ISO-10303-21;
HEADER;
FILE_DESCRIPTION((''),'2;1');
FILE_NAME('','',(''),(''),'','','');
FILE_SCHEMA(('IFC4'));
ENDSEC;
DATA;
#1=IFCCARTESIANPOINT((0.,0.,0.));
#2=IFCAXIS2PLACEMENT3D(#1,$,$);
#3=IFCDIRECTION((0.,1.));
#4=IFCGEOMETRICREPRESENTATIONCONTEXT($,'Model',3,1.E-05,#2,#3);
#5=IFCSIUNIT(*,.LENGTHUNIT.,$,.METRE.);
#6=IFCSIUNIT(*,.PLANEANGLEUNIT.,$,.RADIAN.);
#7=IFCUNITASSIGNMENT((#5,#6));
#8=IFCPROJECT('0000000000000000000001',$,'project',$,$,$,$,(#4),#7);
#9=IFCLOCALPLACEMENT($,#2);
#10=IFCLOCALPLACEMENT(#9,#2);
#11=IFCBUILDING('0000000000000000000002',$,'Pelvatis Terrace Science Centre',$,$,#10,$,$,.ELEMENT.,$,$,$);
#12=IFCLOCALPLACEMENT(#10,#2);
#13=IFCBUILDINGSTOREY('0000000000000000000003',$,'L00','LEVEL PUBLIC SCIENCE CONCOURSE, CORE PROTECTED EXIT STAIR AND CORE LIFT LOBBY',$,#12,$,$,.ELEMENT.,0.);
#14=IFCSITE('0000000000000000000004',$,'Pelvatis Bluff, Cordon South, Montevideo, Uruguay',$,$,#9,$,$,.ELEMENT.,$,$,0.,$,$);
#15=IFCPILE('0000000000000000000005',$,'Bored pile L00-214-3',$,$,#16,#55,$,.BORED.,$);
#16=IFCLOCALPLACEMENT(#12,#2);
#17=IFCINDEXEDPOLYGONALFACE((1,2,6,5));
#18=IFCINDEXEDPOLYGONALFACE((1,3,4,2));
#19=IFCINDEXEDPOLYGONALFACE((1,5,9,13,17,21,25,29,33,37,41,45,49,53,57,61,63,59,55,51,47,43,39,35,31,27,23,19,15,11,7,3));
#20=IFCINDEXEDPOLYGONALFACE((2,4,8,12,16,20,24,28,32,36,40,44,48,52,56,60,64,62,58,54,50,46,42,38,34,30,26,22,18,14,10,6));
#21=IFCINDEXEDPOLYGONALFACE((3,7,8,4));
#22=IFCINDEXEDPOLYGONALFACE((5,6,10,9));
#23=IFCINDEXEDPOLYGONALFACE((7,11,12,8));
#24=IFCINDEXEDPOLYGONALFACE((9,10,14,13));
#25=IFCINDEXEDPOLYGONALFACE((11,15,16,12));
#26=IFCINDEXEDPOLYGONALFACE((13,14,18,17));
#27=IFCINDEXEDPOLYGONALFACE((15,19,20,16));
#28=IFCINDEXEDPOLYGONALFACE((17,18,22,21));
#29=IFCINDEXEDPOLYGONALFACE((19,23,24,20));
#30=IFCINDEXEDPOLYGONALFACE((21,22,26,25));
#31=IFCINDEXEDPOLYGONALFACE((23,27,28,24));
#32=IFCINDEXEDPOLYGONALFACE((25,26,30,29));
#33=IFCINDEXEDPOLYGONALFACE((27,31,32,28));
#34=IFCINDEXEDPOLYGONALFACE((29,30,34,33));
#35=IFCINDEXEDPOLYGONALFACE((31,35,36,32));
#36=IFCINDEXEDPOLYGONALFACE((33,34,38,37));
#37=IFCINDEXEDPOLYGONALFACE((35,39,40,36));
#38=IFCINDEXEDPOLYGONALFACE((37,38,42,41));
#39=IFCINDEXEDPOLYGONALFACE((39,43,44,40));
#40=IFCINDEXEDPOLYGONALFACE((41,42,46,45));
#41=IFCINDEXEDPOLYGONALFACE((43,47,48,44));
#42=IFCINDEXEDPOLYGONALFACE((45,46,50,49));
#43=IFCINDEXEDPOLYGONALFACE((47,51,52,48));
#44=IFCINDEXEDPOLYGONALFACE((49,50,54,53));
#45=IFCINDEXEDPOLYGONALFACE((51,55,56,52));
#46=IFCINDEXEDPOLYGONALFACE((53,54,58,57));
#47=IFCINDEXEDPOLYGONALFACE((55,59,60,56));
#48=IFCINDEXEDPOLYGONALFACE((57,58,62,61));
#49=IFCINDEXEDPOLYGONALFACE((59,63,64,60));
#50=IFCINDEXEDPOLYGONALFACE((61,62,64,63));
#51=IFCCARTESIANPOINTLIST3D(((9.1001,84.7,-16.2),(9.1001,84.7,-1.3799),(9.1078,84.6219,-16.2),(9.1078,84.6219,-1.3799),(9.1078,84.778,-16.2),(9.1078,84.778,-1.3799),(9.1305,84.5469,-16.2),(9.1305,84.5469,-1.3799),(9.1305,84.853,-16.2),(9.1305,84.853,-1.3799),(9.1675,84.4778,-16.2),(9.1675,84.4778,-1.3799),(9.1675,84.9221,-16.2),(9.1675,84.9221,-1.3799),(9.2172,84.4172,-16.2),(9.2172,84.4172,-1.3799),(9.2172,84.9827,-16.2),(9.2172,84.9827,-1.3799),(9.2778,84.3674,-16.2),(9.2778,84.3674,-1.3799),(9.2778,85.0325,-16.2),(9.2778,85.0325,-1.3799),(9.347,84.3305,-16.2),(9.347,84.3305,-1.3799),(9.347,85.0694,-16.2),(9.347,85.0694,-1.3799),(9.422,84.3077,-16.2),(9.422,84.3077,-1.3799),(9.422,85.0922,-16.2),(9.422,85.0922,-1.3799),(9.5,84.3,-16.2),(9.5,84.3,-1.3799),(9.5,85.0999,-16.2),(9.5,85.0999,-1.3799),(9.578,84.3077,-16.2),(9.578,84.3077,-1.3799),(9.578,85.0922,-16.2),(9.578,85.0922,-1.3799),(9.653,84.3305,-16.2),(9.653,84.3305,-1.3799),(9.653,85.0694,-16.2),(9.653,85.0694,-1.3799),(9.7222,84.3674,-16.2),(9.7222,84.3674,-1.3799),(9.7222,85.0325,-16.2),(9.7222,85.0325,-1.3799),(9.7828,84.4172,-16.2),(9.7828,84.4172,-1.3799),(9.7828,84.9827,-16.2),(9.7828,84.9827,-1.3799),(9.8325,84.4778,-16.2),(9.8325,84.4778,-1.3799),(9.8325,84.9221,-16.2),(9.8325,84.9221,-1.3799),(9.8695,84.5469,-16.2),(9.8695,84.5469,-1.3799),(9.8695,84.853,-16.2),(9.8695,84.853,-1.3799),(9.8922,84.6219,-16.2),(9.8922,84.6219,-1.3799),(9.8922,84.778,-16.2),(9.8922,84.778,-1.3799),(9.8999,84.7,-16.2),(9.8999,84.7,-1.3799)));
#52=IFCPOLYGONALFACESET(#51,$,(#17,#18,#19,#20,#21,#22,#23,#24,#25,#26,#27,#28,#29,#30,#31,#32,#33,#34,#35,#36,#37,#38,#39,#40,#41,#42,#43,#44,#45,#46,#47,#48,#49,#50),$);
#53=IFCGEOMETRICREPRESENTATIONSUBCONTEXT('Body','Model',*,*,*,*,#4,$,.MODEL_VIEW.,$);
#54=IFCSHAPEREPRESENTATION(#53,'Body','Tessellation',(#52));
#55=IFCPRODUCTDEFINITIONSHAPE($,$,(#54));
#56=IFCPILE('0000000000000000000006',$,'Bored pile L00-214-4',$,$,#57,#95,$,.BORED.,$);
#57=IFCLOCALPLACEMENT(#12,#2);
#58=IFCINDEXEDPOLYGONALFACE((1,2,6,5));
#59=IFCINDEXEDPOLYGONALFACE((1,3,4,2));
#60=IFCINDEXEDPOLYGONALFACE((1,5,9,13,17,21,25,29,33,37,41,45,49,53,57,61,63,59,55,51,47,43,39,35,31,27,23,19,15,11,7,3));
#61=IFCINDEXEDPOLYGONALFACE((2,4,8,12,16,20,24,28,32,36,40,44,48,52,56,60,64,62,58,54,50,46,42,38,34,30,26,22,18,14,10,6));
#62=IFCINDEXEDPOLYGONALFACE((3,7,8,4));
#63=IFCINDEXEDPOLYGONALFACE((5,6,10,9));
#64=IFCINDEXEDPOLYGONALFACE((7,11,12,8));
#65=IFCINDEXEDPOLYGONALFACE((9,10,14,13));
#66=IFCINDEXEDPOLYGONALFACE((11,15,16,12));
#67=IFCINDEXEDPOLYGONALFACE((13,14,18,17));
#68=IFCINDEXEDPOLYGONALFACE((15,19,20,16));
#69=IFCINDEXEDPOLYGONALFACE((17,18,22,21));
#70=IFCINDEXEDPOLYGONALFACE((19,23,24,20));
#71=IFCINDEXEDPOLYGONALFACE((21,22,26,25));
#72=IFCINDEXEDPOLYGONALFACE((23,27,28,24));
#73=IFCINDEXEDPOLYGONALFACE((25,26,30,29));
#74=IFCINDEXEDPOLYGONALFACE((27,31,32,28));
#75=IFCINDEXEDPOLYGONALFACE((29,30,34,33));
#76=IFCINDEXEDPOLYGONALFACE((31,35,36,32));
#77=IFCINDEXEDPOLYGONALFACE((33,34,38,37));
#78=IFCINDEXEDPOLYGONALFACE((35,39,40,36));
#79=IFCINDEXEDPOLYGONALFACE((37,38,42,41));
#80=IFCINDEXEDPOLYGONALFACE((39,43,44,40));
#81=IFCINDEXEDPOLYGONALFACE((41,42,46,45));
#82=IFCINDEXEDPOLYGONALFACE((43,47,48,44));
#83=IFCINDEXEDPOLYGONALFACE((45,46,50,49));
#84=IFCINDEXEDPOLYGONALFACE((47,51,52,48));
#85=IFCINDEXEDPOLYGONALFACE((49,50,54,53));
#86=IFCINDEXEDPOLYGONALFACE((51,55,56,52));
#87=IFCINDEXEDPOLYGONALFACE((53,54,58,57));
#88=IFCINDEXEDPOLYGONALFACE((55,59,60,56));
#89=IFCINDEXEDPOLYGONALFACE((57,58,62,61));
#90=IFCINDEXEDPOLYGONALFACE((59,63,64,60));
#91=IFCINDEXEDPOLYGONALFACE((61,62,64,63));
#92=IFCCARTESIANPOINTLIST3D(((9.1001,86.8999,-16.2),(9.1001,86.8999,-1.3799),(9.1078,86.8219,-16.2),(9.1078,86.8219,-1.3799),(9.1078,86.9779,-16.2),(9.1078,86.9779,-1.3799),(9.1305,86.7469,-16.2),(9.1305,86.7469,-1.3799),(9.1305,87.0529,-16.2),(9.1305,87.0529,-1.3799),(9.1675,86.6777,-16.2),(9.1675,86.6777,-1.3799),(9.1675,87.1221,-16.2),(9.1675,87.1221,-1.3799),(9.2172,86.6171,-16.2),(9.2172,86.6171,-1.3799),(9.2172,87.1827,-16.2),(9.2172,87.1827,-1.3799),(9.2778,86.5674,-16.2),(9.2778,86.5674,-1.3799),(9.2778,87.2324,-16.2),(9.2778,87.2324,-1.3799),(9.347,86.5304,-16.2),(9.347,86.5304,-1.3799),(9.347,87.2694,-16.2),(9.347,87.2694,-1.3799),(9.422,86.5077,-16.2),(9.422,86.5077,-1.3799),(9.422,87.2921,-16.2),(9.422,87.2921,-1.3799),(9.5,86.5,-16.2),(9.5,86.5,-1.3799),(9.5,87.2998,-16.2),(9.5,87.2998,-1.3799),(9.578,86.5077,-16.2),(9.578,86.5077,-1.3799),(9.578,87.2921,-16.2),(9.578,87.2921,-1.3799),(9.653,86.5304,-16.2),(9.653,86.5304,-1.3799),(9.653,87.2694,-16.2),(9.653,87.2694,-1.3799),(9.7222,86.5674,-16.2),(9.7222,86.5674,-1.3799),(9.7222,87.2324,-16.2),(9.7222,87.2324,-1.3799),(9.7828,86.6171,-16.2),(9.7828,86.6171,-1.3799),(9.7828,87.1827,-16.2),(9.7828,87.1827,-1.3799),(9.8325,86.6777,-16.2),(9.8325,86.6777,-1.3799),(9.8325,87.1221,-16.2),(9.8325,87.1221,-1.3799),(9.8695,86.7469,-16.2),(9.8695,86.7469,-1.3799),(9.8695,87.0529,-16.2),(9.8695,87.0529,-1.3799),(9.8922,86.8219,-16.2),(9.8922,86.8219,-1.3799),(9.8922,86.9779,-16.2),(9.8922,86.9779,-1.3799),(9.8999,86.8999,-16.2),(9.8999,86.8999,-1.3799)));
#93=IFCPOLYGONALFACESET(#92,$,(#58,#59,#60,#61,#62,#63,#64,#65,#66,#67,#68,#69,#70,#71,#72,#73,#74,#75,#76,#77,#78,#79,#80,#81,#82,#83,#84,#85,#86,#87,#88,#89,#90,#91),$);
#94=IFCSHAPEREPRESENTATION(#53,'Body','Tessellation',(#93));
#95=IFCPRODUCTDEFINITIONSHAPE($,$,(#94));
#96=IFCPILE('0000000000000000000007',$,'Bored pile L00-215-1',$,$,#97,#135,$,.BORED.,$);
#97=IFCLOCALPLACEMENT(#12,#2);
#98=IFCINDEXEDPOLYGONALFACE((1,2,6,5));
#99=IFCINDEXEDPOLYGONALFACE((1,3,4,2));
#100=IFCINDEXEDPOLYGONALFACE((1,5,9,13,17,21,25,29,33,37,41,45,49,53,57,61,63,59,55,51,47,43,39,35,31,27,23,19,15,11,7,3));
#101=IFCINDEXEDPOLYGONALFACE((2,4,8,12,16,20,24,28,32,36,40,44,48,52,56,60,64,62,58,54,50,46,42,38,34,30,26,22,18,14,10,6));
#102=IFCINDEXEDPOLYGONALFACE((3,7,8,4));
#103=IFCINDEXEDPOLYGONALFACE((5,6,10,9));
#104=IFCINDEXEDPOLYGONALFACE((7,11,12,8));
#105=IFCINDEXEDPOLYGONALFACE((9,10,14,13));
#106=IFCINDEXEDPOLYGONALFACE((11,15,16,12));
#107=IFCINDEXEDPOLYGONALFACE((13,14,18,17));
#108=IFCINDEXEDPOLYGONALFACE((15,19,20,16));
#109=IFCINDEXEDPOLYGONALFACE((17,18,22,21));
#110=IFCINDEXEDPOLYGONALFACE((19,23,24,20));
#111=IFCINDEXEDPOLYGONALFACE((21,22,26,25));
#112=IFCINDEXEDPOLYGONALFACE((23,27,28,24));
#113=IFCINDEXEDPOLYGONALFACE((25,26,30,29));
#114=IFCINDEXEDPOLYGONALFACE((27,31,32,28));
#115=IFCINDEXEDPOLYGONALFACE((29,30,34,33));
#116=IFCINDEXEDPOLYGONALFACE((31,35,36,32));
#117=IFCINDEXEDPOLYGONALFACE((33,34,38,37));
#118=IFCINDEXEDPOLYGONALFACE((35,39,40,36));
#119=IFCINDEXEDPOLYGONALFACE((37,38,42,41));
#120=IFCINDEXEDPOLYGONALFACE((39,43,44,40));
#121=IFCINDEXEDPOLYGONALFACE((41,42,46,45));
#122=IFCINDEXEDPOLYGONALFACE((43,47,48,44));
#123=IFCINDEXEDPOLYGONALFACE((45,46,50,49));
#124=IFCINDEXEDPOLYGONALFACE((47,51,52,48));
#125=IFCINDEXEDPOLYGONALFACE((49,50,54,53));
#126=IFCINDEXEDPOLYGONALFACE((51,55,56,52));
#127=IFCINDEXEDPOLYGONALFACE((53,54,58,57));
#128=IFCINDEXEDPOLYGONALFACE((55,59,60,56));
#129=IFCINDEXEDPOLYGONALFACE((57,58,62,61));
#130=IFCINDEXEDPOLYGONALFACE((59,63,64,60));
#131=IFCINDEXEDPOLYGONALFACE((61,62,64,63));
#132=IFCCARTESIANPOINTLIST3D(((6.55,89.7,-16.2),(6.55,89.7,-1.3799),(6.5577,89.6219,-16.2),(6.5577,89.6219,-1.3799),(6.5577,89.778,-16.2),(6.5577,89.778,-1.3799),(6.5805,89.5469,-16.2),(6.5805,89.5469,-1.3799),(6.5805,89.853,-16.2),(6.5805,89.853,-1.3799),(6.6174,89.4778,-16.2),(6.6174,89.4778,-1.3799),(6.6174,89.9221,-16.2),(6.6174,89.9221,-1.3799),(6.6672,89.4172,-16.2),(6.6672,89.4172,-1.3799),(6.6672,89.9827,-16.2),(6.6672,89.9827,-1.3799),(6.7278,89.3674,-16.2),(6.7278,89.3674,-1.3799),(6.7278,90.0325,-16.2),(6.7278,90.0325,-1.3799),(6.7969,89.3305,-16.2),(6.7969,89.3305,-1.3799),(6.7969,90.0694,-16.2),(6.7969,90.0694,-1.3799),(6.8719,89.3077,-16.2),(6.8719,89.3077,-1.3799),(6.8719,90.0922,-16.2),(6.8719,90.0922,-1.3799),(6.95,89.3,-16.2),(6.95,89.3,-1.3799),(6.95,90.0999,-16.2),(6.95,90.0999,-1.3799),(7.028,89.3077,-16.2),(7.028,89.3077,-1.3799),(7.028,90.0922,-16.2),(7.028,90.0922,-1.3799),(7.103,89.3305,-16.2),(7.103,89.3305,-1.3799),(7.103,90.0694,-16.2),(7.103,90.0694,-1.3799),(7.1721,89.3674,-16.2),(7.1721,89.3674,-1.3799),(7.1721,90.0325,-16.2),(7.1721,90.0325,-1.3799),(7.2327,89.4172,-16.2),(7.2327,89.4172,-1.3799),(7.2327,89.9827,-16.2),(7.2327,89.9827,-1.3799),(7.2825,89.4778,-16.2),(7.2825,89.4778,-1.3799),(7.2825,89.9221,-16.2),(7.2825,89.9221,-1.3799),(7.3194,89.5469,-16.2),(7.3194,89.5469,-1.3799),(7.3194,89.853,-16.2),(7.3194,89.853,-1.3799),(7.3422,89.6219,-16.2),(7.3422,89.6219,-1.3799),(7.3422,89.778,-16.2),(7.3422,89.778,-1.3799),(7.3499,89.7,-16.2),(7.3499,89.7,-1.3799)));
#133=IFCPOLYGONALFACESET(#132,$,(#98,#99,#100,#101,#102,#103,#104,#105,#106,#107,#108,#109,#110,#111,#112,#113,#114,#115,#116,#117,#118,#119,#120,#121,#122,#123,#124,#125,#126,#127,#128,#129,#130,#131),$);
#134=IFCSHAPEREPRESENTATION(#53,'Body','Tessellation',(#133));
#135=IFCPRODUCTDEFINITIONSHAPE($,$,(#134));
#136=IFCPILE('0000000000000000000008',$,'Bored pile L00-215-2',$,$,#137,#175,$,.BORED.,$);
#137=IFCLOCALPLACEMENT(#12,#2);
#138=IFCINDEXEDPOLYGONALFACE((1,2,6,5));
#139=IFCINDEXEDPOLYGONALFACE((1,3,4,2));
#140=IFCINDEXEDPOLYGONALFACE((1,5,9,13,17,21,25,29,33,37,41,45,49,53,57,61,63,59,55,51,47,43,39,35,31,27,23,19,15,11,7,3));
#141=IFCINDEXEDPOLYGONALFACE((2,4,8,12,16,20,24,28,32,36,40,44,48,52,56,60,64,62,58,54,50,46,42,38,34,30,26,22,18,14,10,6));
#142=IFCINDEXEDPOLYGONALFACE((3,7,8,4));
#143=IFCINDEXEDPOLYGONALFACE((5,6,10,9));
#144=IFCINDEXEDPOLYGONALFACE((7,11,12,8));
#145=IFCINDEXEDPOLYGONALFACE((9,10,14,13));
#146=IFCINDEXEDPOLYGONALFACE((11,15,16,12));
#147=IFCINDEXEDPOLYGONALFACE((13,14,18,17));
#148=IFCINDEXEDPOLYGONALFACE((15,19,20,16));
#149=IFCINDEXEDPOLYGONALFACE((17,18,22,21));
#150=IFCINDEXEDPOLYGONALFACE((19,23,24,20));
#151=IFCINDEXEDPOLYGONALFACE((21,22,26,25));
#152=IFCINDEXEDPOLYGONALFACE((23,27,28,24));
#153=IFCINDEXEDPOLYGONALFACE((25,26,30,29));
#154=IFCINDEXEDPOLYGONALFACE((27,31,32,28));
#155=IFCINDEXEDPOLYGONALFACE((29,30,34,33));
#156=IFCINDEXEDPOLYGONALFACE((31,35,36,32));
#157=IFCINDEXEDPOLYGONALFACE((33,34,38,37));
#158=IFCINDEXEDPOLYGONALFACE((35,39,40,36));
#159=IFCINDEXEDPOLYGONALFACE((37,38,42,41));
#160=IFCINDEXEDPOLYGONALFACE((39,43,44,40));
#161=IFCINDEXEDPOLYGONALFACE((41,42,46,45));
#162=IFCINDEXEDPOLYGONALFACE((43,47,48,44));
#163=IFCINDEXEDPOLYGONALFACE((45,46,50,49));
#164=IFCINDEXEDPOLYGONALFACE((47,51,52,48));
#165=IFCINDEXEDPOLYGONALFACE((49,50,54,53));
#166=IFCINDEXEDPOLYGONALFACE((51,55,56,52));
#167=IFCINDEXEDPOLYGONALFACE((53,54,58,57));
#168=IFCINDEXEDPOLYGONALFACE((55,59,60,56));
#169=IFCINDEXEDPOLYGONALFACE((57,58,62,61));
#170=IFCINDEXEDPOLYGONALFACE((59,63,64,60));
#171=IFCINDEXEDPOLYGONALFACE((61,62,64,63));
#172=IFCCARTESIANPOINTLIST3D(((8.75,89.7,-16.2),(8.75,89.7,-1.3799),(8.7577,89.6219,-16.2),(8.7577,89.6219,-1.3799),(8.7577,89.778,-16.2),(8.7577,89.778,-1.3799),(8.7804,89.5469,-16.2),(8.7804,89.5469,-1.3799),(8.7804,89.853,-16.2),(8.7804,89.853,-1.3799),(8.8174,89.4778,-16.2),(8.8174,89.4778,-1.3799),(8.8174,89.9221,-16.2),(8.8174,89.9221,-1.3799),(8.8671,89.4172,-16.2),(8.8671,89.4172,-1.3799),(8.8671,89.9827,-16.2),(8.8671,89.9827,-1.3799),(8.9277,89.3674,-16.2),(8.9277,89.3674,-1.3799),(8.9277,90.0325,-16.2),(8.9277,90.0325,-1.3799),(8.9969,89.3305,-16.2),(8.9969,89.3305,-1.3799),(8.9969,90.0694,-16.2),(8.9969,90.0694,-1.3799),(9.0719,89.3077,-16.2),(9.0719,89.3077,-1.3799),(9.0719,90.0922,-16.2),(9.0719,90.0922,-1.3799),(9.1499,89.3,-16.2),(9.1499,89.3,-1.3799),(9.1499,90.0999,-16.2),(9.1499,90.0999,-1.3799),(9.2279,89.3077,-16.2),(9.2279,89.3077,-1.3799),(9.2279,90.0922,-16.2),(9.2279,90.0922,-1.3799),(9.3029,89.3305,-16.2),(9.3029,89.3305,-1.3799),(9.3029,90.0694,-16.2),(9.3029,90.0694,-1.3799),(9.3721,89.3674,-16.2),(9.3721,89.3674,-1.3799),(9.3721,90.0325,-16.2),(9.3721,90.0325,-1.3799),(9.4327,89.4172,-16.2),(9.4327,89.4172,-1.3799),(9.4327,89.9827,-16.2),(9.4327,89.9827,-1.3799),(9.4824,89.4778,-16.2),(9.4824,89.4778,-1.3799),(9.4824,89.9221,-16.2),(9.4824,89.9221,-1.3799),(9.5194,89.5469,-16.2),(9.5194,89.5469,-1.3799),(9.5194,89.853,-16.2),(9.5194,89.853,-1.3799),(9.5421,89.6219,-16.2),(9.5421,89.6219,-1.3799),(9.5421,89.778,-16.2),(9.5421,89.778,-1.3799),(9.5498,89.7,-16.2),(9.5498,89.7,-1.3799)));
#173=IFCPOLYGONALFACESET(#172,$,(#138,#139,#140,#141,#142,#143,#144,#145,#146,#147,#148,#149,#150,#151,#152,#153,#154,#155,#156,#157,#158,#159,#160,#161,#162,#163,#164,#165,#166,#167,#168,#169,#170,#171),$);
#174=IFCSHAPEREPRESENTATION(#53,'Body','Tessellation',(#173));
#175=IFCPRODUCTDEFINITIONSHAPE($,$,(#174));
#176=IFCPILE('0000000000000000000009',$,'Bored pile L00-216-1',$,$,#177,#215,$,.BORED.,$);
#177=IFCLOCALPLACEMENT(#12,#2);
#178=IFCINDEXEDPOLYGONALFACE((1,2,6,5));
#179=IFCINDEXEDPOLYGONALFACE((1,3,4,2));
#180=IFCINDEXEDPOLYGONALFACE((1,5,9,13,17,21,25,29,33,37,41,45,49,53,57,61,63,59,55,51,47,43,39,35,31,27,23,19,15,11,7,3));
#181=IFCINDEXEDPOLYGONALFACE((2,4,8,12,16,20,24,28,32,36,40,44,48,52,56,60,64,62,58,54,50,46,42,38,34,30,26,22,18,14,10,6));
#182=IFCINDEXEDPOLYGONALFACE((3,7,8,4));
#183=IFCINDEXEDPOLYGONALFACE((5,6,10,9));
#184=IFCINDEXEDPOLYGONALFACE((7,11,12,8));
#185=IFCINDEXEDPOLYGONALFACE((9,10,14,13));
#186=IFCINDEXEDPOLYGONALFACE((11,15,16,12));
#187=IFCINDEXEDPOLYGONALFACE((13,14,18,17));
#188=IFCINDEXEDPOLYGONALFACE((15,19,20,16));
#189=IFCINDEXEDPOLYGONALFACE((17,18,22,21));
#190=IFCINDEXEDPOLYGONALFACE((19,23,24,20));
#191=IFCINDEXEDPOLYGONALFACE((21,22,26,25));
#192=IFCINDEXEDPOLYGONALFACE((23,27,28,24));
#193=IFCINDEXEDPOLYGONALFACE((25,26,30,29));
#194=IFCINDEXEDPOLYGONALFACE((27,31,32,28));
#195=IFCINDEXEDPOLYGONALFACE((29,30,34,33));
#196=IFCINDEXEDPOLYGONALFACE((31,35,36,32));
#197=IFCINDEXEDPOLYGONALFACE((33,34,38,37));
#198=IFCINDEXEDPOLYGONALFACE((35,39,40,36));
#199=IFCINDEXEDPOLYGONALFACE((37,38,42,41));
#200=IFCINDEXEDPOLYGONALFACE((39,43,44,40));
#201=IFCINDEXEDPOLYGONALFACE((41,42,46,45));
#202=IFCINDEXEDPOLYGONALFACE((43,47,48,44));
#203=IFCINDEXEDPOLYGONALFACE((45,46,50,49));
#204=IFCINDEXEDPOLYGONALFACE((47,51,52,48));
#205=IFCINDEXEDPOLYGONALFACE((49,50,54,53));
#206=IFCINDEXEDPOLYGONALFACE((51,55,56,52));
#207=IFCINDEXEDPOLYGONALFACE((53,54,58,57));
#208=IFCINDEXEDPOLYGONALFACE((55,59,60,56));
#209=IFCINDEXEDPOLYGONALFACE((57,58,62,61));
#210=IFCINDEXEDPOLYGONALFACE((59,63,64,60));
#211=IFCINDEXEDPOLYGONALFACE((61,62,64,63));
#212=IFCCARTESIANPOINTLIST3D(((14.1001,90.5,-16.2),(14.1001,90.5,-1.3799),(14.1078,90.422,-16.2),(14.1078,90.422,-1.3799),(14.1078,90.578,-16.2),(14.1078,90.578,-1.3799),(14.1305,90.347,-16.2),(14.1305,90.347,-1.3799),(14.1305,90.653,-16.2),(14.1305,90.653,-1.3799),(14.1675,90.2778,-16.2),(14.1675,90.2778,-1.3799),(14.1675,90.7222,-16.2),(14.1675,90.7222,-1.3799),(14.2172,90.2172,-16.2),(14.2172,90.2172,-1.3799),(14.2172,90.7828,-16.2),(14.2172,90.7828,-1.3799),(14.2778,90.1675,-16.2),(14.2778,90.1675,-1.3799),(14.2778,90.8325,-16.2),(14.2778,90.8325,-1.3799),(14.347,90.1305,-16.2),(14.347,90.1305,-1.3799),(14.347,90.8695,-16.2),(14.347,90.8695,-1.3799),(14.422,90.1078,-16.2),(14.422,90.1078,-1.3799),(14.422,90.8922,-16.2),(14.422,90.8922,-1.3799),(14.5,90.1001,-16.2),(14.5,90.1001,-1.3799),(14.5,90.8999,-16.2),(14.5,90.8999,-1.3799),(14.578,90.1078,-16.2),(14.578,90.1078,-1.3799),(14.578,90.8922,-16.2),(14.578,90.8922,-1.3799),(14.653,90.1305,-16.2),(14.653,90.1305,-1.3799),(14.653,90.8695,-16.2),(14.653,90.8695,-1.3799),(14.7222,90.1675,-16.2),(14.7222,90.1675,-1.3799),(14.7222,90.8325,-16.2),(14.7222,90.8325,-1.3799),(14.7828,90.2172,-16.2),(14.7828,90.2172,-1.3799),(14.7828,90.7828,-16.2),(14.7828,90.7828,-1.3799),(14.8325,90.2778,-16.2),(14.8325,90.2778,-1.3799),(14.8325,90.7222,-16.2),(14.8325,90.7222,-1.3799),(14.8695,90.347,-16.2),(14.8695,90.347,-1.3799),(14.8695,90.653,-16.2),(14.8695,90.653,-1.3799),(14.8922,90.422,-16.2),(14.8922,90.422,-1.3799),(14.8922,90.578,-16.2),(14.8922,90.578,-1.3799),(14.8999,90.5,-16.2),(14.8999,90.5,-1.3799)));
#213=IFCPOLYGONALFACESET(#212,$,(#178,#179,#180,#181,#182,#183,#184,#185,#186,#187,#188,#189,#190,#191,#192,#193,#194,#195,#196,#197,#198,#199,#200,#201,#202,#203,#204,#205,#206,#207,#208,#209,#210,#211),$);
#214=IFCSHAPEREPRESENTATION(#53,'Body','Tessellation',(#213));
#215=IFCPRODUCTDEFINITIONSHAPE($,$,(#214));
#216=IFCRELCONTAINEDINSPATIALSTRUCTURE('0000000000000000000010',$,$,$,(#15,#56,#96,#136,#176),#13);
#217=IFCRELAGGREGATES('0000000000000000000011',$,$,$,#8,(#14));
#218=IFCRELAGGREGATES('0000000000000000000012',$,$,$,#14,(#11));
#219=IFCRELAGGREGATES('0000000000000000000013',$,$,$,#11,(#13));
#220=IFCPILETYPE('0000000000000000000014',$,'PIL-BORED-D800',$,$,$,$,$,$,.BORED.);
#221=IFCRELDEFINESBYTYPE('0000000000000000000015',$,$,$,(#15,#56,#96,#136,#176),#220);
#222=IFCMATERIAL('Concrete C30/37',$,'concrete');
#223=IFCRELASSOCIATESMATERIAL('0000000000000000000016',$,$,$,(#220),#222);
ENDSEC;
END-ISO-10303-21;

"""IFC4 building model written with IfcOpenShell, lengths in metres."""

from ifc_helpers import new_model, si_unit, direction, frame, origin, origin_2d, place, context, subcontext, project, spatial, circle, extrude, material, material_profile, profile_set, type_object, element, save


model = new_model("IFC4")

# Units and contexts
model_context = context("Model", 3, precision=1e-05, world=origin(), true_north=direction((0.0, 1.0)))
body_context = subcontext(model_context, "Body", "Model", "MODEL_VIEW")
ifc_project = project(units=[si_unit("LENGTHUNIT", "METRE"), si_unit("PLANEANGLEUNIT", "RADIAN")], contexts=[model_context])

# Site, building, storey
site_placement = place(None, origin())
site = spatial("IfcSite", under=ifc_project, at=site_placement, Name="Pelvatis Bluff, Cordon South, Montevideo, Uruguay", CompositionType="ELEMENT", RefElevation=0.0)
building_placement = place(site_placement, origin())
building = spatial("IfcBuilding", under=site, at=building_placement, Name="Pelvatis Terrace Science Centre", CompositionType="ELEMENT")
storey_placement = place(building_placement, origin())
storey = spatial("IfcBuildingStorey", under=building, at=storey_placement, Name="L00", Description="LEVEL PUBLIC SCIENCE CONCOURSE, CORE PROTECTED EXIT STAIR AND CORE LIFT LOBBY", CompositionType="ELEMENT", Elevation=0.0)

# Piles
ifc_material_1 = material(Name="Concrete C30/37", Category="concrete")
ifc_material_profile_1 = material_profile(ifc_material_1, circle(Radius=0.3999, at=origin_2d()), Name="PILE D800")
ifc_profile_set_1 = profile_set([ifc_material_profile_1], Name="Concrete C30/37")
pile_type = type_object("IfcPileType", Name="PIL-BORED-D800", PredefinedType="BORED", material=ifc_profile_set_1)
for number, where, z_axis, x_axis, name in (
    (1, (9.5, 84.7, -1.3799), (0.0, 0.0, -1.0), (1.0, 0.0, 0.0), "Bored pile L00-214-3"),
    (2, (9.5, 86.8999, -1.3799), (0.0, 0.0, -1.0), (1.0, 0.0, 0.0), "Bored pile L00-214-4"),
    (3, (6.95, 89.7, -1.3799), (0.0, 0.0, -1.0), (1.0, 0.0, 0.0), "Bored pile L00-215-1"),
    (4, (9.1499, 89.7, -1.3799), (0.0, 0.0, -1.0), (1.0, 0.0, 0.0), "Bored pile L00-215-2"),
    (5, (14.5, 90.5, -1.3799), (0.0, 0.0, -1.0), (1.0, 0.0, 0.0), "Bored pile L00-216-1"),
):
    element("IfcPile", number, at=place(storey_placement, frame(where, z_axis=z_axis, x_axis=x_axis)), inside=storey, type_object=pile_type, Name=name, PredefinedType="BORED", context=body_context, shape_type="SweptSolid", body=[
        extrude(circle(Radius=0.3999, at=origin_2d()), origin(), (0.0, 0.0, 1.0), 14.8201),
    ])

save(model, "model.ifc")
